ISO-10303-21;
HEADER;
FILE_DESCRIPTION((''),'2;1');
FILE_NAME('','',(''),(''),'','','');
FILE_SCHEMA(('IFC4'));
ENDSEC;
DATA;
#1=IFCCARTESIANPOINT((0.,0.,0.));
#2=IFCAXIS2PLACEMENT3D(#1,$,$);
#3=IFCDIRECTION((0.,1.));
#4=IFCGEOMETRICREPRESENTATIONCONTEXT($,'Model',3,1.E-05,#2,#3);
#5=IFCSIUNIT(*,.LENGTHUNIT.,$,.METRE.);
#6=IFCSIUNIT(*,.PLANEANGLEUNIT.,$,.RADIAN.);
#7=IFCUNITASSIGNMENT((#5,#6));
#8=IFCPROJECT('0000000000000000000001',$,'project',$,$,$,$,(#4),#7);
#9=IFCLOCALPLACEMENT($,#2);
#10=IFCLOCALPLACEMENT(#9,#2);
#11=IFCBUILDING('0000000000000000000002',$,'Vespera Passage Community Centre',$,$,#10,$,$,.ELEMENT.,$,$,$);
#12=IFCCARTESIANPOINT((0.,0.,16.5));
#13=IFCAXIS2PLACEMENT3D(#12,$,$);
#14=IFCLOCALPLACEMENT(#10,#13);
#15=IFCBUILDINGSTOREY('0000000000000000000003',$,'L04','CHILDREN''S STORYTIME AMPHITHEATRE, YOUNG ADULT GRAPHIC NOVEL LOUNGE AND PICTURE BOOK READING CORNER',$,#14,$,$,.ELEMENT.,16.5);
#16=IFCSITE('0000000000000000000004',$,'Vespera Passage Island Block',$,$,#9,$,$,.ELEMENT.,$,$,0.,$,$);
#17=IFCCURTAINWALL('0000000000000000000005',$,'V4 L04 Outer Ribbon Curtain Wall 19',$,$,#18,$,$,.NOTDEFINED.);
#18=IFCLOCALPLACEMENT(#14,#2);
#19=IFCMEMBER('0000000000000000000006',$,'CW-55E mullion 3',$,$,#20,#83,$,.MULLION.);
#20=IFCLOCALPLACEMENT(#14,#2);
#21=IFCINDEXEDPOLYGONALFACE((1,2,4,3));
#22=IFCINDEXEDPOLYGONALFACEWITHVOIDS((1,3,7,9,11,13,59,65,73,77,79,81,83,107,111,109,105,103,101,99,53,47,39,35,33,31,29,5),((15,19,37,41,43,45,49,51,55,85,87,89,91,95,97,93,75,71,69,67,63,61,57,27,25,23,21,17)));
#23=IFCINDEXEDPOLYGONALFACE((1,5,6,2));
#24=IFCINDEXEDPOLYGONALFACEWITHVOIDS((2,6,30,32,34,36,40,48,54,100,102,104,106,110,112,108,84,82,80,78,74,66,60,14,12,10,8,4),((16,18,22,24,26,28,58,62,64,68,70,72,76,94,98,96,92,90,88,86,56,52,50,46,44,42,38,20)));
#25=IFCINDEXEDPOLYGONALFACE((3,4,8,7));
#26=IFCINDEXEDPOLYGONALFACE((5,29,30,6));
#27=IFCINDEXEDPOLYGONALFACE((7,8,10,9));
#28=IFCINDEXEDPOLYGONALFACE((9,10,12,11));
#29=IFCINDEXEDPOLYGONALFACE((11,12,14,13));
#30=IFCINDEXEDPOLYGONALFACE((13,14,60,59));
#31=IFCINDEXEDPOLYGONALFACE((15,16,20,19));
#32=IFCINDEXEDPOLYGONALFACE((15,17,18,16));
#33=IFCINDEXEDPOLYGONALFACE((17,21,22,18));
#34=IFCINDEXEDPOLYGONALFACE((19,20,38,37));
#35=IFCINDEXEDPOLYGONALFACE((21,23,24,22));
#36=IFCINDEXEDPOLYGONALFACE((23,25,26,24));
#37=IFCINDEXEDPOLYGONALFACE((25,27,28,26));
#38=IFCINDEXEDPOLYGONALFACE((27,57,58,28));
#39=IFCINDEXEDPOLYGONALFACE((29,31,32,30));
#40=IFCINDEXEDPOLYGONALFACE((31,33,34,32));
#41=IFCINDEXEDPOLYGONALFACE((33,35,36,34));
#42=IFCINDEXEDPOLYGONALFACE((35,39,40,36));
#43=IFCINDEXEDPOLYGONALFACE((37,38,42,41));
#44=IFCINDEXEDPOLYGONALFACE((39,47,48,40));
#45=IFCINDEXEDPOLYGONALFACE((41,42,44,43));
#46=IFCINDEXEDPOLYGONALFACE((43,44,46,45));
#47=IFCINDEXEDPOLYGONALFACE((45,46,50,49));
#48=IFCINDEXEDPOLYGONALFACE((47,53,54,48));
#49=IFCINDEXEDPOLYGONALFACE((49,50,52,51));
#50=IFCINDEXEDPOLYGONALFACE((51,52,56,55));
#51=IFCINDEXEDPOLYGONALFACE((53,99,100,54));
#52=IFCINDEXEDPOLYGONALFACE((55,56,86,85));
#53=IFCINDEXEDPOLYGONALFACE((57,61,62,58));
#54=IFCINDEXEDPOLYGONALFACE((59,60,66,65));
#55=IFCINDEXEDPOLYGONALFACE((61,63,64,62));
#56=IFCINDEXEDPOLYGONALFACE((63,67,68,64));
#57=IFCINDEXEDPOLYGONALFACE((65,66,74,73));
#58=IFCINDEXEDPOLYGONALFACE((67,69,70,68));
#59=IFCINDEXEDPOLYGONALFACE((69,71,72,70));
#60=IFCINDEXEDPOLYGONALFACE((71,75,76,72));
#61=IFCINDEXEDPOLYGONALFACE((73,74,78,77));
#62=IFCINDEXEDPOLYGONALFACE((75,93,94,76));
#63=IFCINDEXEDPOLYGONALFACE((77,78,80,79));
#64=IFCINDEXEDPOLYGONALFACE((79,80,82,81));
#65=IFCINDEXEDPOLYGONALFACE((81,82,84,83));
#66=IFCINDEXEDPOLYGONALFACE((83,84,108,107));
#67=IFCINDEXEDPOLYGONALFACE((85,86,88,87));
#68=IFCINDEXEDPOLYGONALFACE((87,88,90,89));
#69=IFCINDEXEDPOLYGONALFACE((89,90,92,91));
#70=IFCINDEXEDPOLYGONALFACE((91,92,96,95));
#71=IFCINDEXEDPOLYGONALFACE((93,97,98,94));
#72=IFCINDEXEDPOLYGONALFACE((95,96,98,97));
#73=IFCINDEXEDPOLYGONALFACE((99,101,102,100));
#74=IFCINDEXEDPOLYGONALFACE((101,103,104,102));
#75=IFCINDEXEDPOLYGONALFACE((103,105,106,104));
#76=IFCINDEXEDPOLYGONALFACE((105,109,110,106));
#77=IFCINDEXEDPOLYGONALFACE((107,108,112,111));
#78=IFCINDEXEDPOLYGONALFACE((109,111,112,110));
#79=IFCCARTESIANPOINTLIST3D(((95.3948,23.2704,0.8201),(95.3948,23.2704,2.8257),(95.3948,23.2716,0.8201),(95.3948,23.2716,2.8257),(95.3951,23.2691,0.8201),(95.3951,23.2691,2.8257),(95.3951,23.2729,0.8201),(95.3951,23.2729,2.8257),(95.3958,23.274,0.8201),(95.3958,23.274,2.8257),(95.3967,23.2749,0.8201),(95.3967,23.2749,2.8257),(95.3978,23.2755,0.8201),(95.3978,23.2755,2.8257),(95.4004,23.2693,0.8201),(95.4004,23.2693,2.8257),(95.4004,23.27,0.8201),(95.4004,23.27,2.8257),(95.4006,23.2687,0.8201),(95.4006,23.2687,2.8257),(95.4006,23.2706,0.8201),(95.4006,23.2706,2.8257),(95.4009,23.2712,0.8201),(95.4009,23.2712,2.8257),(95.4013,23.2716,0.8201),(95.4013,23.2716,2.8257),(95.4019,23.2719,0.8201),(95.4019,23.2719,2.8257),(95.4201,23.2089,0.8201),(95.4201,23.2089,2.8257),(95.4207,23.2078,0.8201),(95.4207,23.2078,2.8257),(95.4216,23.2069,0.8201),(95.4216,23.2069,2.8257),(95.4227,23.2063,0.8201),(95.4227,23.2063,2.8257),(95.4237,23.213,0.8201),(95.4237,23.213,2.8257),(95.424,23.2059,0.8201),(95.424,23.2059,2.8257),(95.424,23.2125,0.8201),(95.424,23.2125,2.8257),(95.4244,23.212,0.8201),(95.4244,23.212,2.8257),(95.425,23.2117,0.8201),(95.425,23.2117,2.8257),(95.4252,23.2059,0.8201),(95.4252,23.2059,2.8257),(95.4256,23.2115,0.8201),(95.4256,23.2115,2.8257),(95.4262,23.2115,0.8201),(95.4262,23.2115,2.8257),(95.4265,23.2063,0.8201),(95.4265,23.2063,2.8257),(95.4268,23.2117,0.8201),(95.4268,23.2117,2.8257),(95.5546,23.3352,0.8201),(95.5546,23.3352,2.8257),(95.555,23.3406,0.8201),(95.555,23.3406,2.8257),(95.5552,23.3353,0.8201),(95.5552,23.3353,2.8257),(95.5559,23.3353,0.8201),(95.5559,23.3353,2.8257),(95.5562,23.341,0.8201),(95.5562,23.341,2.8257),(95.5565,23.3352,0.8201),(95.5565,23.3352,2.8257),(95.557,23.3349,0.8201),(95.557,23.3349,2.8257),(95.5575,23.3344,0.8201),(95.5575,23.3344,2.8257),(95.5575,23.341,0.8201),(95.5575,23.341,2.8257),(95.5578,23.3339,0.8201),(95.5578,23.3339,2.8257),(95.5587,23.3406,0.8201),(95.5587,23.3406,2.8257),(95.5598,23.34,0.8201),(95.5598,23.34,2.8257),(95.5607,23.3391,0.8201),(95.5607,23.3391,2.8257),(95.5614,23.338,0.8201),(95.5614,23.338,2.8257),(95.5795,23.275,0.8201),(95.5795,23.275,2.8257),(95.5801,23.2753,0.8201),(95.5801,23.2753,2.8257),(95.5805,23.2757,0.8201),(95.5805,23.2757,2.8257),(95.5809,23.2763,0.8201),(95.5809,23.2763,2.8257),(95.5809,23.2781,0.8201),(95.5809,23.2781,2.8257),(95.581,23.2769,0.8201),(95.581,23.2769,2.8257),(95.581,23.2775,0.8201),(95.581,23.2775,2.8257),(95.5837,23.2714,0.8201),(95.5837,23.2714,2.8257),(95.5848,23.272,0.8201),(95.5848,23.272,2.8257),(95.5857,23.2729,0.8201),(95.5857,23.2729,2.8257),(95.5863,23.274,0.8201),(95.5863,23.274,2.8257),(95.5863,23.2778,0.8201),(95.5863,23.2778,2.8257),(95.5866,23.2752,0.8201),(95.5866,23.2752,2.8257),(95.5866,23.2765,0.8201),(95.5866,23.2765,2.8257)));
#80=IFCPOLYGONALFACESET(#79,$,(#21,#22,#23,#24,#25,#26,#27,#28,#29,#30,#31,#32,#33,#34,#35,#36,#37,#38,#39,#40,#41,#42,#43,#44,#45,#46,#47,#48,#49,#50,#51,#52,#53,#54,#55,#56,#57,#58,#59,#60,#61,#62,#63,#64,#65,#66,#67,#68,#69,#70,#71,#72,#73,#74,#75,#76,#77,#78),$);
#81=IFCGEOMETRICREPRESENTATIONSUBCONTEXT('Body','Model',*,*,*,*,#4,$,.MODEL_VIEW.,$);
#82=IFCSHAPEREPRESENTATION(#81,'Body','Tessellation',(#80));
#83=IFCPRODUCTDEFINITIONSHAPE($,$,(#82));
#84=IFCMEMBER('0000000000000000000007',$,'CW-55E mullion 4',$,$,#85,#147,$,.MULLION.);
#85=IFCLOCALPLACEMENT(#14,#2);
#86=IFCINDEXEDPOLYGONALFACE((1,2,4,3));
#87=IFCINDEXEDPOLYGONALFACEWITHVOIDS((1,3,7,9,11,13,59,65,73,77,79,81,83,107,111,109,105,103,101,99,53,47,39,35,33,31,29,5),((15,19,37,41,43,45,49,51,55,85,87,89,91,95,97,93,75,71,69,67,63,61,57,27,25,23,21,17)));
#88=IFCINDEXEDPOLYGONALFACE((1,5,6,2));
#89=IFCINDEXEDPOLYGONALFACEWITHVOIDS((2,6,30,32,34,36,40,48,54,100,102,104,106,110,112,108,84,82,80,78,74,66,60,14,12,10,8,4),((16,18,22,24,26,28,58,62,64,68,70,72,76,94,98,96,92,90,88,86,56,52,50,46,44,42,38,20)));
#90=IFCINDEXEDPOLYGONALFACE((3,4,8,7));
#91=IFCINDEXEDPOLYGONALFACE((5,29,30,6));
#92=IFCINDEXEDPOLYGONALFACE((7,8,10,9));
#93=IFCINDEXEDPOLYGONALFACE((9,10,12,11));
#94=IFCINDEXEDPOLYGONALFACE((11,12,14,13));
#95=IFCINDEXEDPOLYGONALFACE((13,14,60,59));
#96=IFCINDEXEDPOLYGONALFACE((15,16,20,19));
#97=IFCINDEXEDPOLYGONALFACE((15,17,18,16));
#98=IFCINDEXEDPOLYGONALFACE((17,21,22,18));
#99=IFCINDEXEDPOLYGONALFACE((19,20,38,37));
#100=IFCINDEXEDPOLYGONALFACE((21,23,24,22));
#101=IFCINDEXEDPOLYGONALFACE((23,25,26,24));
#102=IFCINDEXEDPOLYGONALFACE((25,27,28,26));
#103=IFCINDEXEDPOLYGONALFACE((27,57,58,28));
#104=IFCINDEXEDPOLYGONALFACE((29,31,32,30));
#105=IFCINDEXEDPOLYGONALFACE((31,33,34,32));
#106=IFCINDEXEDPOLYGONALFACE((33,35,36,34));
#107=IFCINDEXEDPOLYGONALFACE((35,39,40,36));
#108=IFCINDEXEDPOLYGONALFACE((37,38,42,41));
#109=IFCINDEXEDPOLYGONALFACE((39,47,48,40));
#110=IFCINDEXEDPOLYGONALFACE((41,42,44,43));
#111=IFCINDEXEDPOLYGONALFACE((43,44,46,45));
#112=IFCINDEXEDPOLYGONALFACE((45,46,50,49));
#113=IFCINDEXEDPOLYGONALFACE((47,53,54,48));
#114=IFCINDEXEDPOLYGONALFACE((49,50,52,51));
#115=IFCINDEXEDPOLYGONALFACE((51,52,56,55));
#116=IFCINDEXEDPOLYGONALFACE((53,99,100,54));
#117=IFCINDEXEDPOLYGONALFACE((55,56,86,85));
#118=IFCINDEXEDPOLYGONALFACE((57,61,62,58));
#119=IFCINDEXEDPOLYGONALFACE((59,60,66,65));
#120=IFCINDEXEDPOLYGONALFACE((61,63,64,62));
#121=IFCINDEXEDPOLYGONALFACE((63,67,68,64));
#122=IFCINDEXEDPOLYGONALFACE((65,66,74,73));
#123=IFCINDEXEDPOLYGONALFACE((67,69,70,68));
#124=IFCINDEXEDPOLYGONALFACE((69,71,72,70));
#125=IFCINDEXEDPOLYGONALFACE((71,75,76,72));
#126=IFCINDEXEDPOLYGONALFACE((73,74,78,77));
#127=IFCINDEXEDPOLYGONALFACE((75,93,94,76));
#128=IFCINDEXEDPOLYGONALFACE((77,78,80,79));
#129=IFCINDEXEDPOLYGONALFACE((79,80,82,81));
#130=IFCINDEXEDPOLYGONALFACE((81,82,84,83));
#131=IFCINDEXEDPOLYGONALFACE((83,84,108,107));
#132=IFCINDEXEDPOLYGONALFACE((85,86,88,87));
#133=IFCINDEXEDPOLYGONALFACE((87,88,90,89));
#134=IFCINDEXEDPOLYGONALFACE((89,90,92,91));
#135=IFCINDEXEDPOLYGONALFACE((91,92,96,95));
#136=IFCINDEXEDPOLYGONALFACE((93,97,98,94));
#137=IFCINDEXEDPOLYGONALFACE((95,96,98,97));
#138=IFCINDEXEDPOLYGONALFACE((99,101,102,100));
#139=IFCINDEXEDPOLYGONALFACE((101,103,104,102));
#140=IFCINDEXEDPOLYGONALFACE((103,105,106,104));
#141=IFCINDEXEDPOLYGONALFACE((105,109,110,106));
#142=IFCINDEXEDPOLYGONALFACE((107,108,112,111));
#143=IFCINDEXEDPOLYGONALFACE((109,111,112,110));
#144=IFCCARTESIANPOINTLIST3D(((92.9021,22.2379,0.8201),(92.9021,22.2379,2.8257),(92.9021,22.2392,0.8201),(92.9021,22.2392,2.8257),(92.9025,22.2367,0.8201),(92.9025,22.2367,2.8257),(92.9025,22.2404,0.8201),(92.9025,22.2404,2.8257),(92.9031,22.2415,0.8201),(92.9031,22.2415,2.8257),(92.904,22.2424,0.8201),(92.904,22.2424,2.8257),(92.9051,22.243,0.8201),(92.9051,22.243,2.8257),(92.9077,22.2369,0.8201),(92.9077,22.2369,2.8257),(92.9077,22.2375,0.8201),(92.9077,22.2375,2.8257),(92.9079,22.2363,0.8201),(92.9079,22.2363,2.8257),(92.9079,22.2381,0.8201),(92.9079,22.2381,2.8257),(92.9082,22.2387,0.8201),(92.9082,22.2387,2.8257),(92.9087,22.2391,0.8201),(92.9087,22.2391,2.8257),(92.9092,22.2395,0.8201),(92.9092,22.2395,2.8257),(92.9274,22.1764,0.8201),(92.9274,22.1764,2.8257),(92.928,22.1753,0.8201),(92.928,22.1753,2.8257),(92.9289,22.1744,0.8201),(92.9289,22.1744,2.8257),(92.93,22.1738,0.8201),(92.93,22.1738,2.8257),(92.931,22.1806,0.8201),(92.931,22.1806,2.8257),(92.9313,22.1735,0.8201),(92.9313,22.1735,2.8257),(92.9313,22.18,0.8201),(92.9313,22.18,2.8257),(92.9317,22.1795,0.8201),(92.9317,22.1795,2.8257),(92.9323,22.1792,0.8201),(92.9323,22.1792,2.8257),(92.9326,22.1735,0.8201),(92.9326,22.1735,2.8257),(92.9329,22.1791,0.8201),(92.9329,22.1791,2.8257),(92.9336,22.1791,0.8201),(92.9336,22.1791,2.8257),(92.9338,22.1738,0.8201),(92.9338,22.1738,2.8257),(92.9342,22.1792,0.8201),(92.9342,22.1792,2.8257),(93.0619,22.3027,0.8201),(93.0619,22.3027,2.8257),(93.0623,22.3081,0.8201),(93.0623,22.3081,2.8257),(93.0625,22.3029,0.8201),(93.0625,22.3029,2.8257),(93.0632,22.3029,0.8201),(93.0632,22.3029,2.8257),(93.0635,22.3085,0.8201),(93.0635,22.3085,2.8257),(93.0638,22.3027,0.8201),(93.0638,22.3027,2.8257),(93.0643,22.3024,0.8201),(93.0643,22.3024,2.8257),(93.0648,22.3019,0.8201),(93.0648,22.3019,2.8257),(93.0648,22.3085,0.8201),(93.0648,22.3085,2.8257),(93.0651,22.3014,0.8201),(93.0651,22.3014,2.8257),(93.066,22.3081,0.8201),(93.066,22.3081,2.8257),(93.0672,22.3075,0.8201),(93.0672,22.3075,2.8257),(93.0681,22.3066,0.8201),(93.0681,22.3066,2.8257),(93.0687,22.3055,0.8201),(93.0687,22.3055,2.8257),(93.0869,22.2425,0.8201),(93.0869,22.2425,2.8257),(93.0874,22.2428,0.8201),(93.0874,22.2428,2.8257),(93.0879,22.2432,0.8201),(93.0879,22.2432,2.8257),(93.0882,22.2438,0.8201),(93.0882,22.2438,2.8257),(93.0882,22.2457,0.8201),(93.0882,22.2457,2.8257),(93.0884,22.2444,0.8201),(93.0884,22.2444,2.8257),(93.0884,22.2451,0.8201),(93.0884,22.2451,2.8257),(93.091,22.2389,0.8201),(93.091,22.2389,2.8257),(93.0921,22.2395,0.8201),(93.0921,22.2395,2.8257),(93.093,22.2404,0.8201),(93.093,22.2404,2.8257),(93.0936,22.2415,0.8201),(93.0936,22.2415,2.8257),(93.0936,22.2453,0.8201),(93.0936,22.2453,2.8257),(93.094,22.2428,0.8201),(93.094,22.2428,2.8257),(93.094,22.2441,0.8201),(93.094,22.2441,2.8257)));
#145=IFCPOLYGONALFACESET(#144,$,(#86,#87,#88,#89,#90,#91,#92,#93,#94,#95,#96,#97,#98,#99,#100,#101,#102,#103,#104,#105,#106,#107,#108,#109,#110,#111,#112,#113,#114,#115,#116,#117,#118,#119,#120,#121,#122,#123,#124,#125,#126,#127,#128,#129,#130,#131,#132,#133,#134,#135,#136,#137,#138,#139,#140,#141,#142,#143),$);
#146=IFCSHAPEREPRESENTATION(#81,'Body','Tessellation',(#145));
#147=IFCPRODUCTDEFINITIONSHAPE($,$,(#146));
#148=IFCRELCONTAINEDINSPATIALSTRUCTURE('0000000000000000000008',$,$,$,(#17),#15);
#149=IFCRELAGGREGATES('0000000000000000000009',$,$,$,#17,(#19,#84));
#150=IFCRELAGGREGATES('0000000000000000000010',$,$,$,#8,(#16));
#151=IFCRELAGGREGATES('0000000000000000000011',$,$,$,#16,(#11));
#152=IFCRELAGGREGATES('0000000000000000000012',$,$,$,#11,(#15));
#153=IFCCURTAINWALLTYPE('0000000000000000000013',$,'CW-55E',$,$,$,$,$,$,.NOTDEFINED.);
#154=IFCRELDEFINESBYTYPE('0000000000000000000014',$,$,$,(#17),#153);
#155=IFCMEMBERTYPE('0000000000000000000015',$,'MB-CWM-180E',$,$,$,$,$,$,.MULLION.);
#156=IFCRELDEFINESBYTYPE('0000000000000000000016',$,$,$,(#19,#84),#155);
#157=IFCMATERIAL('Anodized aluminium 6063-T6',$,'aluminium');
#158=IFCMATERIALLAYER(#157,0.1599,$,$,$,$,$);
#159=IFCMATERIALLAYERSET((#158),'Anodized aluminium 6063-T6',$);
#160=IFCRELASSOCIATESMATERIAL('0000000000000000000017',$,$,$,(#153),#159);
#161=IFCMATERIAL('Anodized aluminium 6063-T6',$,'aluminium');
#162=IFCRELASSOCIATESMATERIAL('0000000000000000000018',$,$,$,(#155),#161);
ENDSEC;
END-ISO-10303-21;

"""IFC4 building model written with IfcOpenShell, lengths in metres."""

from ifc_helpers import new_model, si_unit, direction, frame, origin, origin_2d, place, context, subcontext, project, spatial, hollow_rectangle, extrude, material, layer, layer_set, material_profile, profile_set, type_object, element, aggregate, save


model = new_model("IFC4")

# Units and contexts
model_context = context("Model", 3, precision=1e-05, world=origin(), true_north=direction((0.0, 1.0)))
body_context = subcontext(model_context, "Body", "Model", "MODEL_VIEW")
ifc_project = project(units=[si_unit("LENGTHUNIT", "METRE"), si_unit("PLANEANGLEUNIT", "RADIAN")], contexts=[model_context])

# Site, building, storey
site_placement = place(None, origin())
site = spatial("IfcSite", under=ifc_project, at=site_placement, Name="Vespera Passage Island Block", CompositionType="ELEMENT", RefElevation=0.0)
building_placement = place(site_placement, origin())
building = spatial("IfcBuilding", under=site, at=building_placement, Name="Vespera Passage Community Centre", CompositionType="ELEMENT")
storey_placement = place(building_placement, frame((0.0, 0.0, 16.5)))
storey = spatial("IfcBuildingStorey", under=building, at=storey_placement, Name="L04", Description="CHILDREN'S STORYTIME AMPHITHEATRE, YOUNG ADULT GRAPHIC NOVEL LOUNGE AND PICTURE BOOK READING CORNER", CompositionType="ELEMENT", Elevation=16.5)

# Curtain wall, members
ifc_material_1 = material(Name="Anodized aluminium 6063-T6", Category="aluminium")
ifc_layer_1 = layer(ifc_material_1, 0.1599)
ifc_layer_set_1 = layer_set([ifc_layer_1], Name="Anodized aluminium 6063-T6")
curtain_wall_type_1 = type_object("IfcCurtainWallType", Name="CW-55E", PredefinedType="NOTDEFINED", material=ifc_layer_set_1)
curtain_wall_1_placement = place(storey_placement, origin())
curtain_wall_1 = element("IfcCurtainWall", 1, at=curtain_wall_1_placement, inside=storey, type_object=curtain_wall_type_1, Name="V4 L04 Outer Ribbon Curtain Wall 19", PredefinedType="NOTDEFINED")
ifc_material_2 = material(Name="Anodized aluminium 6063-T6", Category="aluminium")
ifc_material_profile_1 = material_profile(ifc_material_2, hollow_rectangle(XDim=0.075, YDim=0.1799, WallThickness=0.0049, InnerFilletRadius=0.0024, OuterFilletRadius=0.0049, at=origin_2d()), Name="ALU180X75X5")
ifc_profile_set_1 = profile_set([ifc_material_profile_1], Name="Anodized aluminium 6063-T6")
member_type_1 = type_object("IfcMemberType", Name="MB-CWM-180E", PredefinedType="MULLION", material=ifc_profile_set_1)
member_1_placement = place(storey_placement, frame((95.4907, 23.2734, 0.8201), z_axis=(0.0, 0.0, 1.0), x_axis=(0.382683, -0.92388, 0.0)))
member_1 = element("IfcMember", 2, at=member_1_placement, type_object=member_type_1, Name="CW-55E mullion 3", PredefinedType="MULLION", context=body_context, shape_type="SweptSolid", body=[
    extrude(hollow_rectangle(XDim=0.075, YDim=0.1799, WallThickness=0.0049, InnerFilletRadius=0.0024, OuterFilletRadius=0.0049, at=origin_2d()), origin(), (0.0, 0.0, 1.0), 2.0056),
])
member_2_placement = place(storey_placement, frame((92.998, 22.241, 0.8201), z_axis=(0.0, 0.0, 1.0), x_axis=(0.382683, -0.92388, 0.0)))
member_2 = element("IfcMember", 3, at=member_2_placement, type_object=member_type_1, Name="CW-55E mullion 4", PredefinedType="MULLION", context=body_context, shape_type="SweptSolid", body=[
    extrude(hollow_rectangle(XDim=0.075, YDim=0.1799, WallThickness=0.0049, InnerFilletRadius=0.0024, OuterFilletRadius=0.0049, at=origin_2d()), origin(), (0.0, 0.0, 1.0), 2.0056),
])

aggregate(curtain_wall_1, [member_1, member_2])

save(model, "model.ifc")
